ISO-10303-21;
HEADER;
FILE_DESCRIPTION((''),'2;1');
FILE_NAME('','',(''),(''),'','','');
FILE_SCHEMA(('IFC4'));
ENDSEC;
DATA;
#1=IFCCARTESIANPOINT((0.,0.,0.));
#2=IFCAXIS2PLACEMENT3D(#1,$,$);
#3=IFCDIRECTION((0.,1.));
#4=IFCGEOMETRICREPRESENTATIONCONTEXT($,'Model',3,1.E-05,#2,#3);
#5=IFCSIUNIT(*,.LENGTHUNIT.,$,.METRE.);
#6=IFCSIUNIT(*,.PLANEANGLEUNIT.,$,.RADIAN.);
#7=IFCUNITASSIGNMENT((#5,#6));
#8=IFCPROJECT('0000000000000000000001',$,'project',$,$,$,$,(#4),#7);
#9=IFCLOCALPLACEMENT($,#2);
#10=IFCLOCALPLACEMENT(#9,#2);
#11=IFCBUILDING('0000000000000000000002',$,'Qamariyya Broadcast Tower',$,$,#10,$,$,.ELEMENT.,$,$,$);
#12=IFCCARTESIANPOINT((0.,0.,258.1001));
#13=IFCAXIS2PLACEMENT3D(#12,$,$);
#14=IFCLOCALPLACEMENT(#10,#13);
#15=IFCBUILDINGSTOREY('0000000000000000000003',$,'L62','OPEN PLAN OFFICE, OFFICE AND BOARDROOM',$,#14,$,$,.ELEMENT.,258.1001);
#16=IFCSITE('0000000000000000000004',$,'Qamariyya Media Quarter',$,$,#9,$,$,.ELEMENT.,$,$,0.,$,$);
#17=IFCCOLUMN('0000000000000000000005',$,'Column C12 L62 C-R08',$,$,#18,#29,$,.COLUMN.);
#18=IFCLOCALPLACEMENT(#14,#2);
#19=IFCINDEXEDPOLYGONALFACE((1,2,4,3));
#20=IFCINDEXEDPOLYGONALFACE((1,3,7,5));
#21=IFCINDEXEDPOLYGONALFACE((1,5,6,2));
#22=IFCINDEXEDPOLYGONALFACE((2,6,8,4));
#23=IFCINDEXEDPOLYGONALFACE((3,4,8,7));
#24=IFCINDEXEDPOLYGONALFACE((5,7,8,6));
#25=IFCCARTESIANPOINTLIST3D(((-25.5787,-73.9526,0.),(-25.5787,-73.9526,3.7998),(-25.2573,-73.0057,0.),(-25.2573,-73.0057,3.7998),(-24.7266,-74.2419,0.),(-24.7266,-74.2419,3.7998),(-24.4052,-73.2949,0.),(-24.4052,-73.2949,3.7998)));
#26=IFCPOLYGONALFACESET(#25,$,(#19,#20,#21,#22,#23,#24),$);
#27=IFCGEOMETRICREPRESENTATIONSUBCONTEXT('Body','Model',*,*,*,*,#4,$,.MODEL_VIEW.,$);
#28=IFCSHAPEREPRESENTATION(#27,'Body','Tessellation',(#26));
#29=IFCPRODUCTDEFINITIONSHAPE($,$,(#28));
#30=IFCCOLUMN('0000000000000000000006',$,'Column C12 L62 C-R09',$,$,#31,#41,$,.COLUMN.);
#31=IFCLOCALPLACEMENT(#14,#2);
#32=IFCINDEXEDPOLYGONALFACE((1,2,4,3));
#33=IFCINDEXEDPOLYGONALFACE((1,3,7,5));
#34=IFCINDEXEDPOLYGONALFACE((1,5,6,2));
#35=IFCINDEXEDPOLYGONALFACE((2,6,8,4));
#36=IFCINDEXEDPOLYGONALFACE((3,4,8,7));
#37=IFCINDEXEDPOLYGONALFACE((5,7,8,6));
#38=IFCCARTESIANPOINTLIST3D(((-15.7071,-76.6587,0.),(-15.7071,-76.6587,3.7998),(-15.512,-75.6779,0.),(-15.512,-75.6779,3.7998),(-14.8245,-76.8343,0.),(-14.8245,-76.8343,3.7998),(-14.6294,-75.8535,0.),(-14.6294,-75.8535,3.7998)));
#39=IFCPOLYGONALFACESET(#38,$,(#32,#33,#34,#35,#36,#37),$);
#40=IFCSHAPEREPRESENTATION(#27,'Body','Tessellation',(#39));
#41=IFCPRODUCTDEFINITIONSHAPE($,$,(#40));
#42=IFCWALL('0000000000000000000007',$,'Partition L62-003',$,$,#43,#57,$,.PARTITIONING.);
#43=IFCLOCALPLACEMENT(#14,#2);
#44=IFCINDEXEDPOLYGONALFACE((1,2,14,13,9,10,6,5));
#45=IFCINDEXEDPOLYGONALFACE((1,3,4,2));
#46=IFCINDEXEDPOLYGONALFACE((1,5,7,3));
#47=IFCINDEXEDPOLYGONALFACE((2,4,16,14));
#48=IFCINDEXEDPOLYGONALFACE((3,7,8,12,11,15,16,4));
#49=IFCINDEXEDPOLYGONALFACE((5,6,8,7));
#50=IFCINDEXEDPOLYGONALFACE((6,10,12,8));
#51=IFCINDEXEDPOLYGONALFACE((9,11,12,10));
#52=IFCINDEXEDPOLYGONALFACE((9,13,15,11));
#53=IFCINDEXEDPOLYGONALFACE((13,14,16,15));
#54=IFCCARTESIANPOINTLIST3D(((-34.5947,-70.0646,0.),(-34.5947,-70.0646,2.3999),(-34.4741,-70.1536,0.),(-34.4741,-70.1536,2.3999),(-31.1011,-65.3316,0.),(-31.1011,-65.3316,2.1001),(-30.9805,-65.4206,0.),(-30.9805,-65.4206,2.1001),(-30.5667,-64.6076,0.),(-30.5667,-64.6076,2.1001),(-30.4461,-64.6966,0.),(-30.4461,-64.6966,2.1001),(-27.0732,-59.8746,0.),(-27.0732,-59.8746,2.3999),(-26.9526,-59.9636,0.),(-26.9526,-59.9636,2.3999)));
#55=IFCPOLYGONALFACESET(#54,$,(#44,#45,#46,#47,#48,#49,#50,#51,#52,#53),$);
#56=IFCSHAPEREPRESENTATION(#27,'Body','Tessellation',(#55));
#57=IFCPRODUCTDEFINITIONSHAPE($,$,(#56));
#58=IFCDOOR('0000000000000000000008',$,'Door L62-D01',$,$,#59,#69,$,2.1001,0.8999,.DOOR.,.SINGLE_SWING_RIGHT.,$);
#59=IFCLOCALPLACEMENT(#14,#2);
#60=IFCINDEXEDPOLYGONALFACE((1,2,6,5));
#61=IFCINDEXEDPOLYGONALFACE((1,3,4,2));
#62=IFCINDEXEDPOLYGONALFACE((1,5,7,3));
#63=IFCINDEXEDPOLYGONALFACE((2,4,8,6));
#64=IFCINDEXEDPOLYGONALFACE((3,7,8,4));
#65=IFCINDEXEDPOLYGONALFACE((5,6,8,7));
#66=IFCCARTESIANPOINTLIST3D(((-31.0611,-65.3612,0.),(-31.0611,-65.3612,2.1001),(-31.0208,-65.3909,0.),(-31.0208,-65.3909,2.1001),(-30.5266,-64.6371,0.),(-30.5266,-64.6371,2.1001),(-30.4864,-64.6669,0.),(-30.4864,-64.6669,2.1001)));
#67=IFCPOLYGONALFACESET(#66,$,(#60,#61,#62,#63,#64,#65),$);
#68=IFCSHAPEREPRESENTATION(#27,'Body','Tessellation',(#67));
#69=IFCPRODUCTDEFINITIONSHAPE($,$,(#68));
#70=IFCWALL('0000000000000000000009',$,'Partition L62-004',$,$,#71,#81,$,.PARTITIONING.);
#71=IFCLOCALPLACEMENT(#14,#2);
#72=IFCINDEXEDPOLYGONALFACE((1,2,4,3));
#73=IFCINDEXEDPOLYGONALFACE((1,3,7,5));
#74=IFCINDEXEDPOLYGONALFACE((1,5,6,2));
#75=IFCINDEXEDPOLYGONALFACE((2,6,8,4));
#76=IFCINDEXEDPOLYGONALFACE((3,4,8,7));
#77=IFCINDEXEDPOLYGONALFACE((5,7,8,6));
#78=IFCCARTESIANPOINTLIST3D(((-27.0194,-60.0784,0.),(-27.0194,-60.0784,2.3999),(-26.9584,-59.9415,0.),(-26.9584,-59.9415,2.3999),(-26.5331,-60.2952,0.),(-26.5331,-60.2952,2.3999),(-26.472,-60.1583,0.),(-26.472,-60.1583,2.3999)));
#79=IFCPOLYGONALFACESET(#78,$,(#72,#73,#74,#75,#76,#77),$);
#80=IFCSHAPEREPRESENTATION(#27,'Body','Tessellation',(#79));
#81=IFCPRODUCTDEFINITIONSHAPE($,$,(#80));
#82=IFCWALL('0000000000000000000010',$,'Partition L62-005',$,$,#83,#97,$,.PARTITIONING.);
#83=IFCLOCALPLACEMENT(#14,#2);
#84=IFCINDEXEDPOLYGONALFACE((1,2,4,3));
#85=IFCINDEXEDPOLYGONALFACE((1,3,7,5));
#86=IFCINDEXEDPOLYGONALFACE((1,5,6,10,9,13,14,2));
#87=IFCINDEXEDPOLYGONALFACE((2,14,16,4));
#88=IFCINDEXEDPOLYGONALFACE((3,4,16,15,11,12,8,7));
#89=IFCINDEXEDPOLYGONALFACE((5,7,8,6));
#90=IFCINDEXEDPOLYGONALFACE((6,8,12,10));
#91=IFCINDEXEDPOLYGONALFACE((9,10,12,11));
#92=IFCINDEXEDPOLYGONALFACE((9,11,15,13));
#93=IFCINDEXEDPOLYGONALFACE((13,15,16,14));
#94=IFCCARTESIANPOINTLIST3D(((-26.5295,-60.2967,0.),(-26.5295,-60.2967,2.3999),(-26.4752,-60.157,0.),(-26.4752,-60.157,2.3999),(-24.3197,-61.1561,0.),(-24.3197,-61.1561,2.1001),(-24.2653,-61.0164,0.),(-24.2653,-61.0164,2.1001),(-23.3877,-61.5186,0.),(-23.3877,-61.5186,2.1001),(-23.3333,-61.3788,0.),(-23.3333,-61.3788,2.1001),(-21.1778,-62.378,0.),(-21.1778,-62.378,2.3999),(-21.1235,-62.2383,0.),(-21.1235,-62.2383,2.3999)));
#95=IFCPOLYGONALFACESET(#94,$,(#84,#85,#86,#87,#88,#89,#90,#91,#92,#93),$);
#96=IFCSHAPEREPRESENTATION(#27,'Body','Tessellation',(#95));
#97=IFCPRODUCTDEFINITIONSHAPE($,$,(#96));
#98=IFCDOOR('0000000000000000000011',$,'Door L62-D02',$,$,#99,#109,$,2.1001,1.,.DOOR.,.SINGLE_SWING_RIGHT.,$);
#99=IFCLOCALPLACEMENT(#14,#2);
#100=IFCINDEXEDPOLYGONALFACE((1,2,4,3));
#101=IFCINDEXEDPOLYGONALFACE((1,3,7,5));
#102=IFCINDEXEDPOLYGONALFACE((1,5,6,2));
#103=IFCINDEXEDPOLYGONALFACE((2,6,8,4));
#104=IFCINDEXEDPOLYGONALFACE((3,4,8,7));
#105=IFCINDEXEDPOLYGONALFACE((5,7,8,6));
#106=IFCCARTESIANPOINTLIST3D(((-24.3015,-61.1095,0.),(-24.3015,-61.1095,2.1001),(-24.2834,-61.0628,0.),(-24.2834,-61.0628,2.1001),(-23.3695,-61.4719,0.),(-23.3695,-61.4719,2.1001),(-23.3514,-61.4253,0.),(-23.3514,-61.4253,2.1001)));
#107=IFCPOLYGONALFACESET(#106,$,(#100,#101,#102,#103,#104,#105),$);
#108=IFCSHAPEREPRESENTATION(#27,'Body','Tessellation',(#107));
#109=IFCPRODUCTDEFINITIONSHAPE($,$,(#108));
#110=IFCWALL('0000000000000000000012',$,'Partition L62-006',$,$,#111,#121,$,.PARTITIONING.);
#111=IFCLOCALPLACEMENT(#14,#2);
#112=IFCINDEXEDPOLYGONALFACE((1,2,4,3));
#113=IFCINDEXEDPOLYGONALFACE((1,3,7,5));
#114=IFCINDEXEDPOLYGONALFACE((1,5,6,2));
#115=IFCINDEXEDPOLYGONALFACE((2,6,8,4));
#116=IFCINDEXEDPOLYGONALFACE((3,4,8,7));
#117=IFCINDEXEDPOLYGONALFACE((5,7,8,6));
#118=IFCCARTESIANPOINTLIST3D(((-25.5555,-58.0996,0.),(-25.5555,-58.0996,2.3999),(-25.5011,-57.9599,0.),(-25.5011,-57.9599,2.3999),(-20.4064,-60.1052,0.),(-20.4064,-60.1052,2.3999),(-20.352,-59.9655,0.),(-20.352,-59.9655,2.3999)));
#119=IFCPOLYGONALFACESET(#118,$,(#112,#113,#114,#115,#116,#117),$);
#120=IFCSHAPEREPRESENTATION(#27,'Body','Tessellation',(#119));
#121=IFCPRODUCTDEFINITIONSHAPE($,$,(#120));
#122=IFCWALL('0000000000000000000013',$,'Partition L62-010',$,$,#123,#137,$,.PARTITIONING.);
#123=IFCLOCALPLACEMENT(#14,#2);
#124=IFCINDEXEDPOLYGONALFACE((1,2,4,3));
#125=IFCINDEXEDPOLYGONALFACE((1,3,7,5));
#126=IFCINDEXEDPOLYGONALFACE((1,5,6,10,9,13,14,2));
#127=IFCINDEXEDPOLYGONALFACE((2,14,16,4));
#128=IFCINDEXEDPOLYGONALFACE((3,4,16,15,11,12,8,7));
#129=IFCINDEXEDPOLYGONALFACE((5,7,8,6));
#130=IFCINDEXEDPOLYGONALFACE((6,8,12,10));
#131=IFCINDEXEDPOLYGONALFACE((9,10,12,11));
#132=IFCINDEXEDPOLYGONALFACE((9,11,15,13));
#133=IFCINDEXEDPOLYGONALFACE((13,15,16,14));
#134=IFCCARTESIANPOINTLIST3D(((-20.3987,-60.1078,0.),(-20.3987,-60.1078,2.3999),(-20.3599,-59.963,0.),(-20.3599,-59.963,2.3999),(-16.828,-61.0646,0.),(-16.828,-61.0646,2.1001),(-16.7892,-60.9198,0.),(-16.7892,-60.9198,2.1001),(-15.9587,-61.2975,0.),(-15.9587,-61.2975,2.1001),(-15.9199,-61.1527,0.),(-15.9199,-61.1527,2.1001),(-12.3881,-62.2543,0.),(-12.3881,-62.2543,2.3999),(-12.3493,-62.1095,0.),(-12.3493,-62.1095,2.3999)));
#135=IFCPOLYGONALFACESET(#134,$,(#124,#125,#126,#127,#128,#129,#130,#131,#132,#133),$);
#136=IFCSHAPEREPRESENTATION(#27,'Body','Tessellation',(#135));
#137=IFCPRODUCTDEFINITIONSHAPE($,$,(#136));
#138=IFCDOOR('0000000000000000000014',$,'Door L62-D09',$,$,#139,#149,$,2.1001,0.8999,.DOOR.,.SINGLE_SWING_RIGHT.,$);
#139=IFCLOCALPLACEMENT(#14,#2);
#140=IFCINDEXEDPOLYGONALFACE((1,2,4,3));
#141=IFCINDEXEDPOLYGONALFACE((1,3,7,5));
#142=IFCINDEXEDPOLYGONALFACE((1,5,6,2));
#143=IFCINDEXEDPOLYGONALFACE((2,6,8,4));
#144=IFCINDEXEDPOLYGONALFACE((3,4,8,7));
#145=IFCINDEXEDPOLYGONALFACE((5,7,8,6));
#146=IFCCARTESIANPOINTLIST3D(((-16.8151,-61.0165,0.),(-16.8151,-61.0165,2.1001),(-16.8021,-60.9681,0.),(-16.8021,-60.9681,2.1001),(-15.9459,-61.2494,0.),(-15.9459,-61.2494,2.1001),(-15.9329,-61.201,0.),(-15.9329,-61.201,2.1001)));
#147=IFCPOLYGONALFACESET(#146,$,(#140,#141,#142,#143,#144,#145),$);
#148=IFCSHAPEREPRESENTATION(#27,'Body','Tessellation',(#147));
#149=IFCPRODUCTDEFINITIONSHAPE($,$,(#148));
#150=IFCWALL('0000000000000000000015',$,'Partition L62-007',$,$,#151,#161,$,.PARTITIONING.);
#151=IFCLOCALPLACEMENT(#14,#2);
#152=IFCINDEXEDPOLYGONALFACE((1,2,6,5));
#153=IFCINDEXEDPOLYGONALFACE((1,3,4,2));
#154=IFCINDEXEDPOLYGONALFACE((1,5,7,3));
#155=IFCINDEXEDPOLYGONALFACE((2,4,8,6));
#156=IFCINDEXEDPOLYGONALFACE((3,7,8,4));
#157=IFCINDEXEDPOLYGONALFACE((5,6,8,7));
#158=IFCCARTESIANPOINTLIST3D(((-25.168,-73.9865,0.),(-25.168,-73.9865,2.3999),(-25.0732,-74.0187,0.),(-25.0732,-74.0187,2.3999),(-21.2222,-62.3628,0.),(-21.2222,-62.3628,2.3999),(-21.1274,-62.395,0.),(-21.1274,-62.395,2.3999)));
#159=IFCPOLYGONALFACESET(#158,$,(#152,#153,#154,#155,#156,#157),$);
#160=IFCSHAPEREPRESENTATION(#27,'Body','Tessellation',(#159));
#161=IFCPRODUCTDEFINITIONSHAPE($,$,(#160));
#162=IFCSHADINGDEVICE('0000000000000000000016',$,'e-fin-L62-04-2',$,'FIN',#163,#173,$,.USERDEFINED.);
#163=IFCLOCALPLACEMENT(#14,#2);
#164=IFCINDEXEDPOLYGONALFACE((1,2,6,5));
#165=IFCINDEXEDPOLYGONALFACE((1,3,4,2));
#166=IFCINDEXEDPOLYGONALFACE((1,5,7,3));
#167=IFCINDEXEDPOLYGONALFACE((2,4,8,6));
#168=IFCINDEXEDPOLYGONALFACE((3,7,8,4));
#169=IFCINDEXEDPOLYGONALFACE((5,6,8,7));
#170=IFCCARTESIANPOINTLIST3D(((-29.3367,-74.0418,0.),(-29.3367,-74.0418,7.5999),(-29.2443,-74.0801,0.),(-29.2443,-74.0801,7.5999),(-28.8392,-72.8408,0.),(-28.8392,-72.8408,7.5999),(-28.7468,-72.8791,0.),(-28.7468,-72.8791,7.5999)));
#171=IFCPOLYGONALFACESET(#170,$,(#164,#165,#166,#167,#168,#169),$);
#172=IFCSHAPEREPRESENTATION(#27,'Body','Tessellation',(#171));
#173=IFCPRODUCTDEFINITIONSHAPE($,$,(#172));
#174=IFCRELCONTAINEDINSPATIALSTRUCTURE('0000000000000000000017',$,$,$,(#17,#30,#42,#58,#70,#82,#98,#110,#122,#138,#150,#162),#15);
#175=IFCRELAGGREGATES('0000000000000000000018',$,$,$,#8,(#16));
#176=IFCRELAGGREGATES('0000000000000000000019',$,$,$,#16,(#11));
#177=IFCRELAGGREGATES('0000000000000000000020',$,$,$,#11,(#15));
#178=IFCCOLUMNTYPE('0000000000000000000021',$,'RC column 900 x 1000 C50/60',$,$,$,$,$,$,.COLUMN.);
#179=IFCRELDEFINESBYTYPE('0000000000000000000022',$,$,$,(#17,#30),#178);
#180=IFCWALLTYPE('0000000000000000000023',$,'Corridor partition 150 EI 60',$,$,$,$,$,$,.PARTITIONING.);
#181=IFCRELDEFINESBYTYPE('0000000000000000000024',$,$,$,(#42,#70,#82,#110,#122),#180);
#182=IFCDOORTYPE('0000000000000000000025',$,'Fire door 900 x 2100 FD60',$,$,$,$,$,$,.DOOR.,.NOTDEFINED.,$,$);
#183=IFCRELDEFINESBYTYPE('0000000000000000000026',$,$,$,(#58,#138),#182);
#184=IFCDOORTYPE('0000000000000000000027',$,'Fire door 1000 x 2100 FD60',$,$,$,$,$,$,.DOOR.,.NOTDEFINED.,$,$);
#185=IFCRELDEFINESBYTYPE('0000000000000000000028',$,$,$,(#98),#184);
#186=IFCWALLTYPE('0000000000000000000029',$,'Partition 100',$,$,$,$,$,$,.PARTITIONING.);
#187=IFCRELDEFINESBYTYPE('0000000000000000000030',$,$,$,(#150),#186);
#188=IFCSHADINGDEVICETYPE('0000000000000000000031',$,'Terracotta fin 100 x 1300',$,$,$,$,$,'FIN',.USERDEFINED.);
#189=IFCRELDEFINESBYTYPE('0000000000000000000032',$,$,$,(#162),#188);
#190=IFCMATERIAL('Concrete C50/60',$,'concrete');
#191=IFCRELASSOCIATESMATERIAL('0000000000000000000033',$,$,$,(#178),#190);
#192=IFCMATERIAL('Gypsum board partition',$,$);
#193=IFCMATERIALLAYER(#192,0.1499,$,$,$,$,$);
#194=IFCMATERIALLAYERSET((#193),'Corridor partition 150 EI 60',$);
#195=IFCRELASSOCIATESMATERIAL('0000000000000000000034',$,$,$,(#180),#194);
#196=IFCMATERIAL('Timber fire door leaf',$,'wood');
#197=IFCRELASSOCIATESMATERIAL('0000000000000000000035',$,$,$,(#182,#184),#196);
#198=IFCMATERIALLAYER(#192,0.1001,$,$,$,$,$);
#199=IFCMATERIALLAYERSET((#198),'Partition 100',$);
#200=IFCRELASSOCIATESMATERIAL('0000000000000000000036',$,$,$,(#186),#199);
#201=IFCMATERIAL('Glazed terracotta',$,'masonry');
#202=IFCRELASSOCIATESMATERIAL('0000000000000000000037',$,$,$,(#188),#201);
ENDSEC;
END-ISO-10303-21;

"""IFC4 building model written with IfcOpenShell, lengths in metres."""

from ifc_helpers import new_model, si_unit, direction, frame, frame_2d, origin, origin_2d, place, context, subcontext, project, spatial, rectangle, extrude, material, layer, layer_set, material_profile, profile_set, type_object, element, fill, save


model = new_model("IFC4")

# Units and contexts
model_context = context("Model", 3, precision=1e-05, world=origin(), true_north=direction((0.0, 1.0)))
body_context = subcontext(model_context, "Body", "Model", "MODEL_VIEW")
ifc_project = project(units=[si_unit("LENGTHUNIT", "METRE"), si_unit("PLANEANGLEUNIT", "RADIAN")], contexts=[model_context])

# Site, building, storey
site_placement = place(None, origin())
site = spatial("IfcSite", under=ifc_project, at=site_placement, Name="Qamariyya Media Quarter", CompositionType="ELEMENT", RefElevation=0.0)
building_placement = place(site_placement, origin())
building = spatial("IfcBuilding", under=site, at=building_placement, Name="Qamariyya Broadcast Tower", CompositionType="ELEMENT")
storey_placement = place(building_placement, frame((0.0, 0.0, 258.1001)))
storey = spatial("IfcBuildingStorey", under=building, at=storey_placement, Name="L62", Description="OPEN PLAN OFFICE, OFFICE AND BOARDROOM", CompositionType="ELEMENT", Elevation=258.1001)

# Columns
ifc_material_1 = material(Name="Concrete C50/60", Category="concrete")
ifc_material_profile_1 = material_profile(ifc_material_1, rectangle(XDim=0.8999, YDim=1.0, at=origin_2d()))
ifc_profile_set_1 = profile_set([ifc_material_profile_1], Name="Concrete C50/60")
column_type = type_object("IfcColumnType", Name="RC column 900 x 1000 C50/60", PredefinedType="COLUMN", material=ifc_profile_set_1)
for number, where, z_axis, x_axis, name in (
    (1, (-24.9919, -73.6238, 0.0), (0.0, 0.0, 1.0), (0.94693, -0.321439, 0.0), "Column C12 L62 C-R08"),
    (2, (-15.1682, -76.2561, 0.0), (0.0, 0.0, 1.0), (0.980785, -0.19509, 0.0), "Column C12 L62 C-R09"),
):
    element("IfcColumn", number, at=place(storey_placement, frame(where, z_axis=z_axis, x_axis=x_axis)), inside=storey, type_object=column_type, Name=name, PredefinedType="COLUMN", context=body_context, shape_type="SweptSolid", body=[
        extrude(rectangle(XDim=0.8999, YDim=1.0, at=origin_2d()), origin(), (0.0, 0.0, 1.0), 3.7998),
    ])

# Wall, opening, door
ifc_material_2 = material(Name="Gypsum board partition")
ifc_layer_1 = layer(ifc_material_2, 0.1499)
ifc_layer_set_1 = layer_set([ifc_layer_1], Name="Corridor partition 150 EI 60")
wall_type_1 = type_object("IfcWallType", Name="Corridor partition 150 EI 60", PredefinedType="PARTITIONING", material=ifc_layer_set_1)
wall_1_placement = place(storey_placement, frame((-27.0129, -59.9192, 0.0), z_axis=(0.0, 0.0, 1.0), x_axis=(-0.59387, -0.804561, 0.0)))
wall_1 = element("IfcWall", 3, at=wall_1_placement, inside=storey, type_object=wall_type_1, Name="Partition L62-003", PredefinedType="PARTITIONING", context=body_context, shape_type="SweptSolid", body=[
    extrude(rectangle(XDim=12.6653, YDim=0.1499, at=frame_2d((6.3325, 0.0))), origin(), (0.0, 0.0, 1.0), 2.3999),
])
opening_1_placement = place(wall_1_placement, frame((5.8826, 0.0, 0.0)))
opening_1 = element("IfcOpeningElement", 4, at=opening_1_placement, cuts=wall_1, PredefinedType="OPENING", context=body_context, shape_type="SweptSolid", body=[
    extrude(rectangle(XDim=0.8999, YDim=2.1001, at=frame_2d((0.45, 1.05))), frame((0.0, 0.085, 0.0), z_axis=(0.0, -1.0, 0.0), x_axis=(1.0, 0.0, 0.0)), (0.0, 0.0, 1.0), 0.1699),
])
ifc_material_3 = material(Name="Timber fire door leaf", Category="wood")
door_type_1 = type_object("IfcDoorType", Name="Fire door 900 x 2100 FD60", OperationType="NOTDEFINED", PredefinedType="DOOR", material=ifc_material_3)
door_1_placement = place(opening_1_placement, origin())
door_1 = element("IfcDoor", 5, at=door_1_placement, inside=storey, type_object=door_type_1, Name="Door L62-D01", OperationType="SINGLE_SWING_RIGHT", OverallHeight=2.1001, OverallWidth=0.8999, PredefinedType="DOOR", context=body_context, shape_type="SweptSolid", body=[
    extrude(rectangle(XDim=0.8999, YDim=2.1001, at=frame_2d((0.45, 1.05))), frame((0.0, 0.0249, 0.0), z_axis=(0.0, -1.0, 0.0), x_axis=(1.0, 0.0, 0.0)), (0.0, 0.0, 1.0), 0.05),
])
fill(opening_1, door_1)

# Wall
wall_2_placement = place(storey_placement, frame((-26.9888, -60.01, 0.0), z_axis=(0.0, 0.0, 1.0), x_axis=(0.913357, -0.407159, 0.0)))
element("IfcWall", 6, at=wall_2_placement, inside=storey, type_object=wall_type_1, Name="Partition L62-004", PredefinedType="PARTITIONING", context=body_context, shape_type="SweptSolid", body=[
    extrude(rectangle(XDim=0.5325, YDim=0.1499, at=frame_2d((0.2661, 0.0))), origin(), (0.0, 0.0, 1.0), 2.3999),
])

# Wall, opening, door
wall_3_placement = place(storey_placement, frame((-21.1506, -62.3081, 0.0), z_axis=(0.0, 0.0, 1.0), x_axis=(-0.932002, 0.362452, 0.0)))
wall_3 = element("IfcWall", 7, at=wall_3_placement, inside=storey, type_object=wall_type_1, Name="Partition L62-005", PredefinedType="PARTITIONING", context=body_context, shape_type="SweptSolid", body=[
    extrude(rectangle(XDim=5.7422, YDim=0.1499, at=frame_2d((2.8711, 0.0))), origin(), (0.0, 0.0, 1.0), 2.3999),
])
opening_2_placement = place(wall_3_placement, frame((2.3711, 0.0, 0.0)))
opening_2 = element("IfcOpeningElement", 8, at=opening_2_placement, cuts=wall_3, PredefinedType="OPENING", context=body_context, shape_type="SweptSolid", body=[
    extrude(rectangle(XDim=1.0, YDim=2.1001, at=frame_2d((0.5, 1.05))), frame((0.0, 0.085, 0.0), z_axis=(0.0, -1.0, 0.0), x_axis=(1.0, 0.0, 0.0)), (0.0, 0.0, 1.0), 0.1699),
])
door_type_2 = type_object("IfcDoorType", Name="Fire door 1000 x 2100 FD60", OperationType="NOTDEFINED", PredefinedType="DOOR", material=ifc_material_3)
door_2_placement = place(opening_2_placement, origin())
door_2 = element("IfcDoor", 9, at=door_2_placement, inside=storey, type_object=door_type_2, Name="Door L62-D02", OperationType="SINGLE_SWING_RIGHT", OverallHeight=2.1001, OverallWidth=1.0, PredefinedType="DOOR", context=body_context, shape_type="SweptSolid", body=[
    extrude(rectangle(XDim=1.0, YDim=2.1001, at=frame_2d((0.5, 1.05))), frame((0.0, 0.0249, 0.0), z_axis=(0.0, -1.0, 0.0), x_axis=(1.0, 0.0, 0.0)), (0.0, 0.0, 1.0), 0.05),
])
fill(opening_2, door_2)

# Wall
wall_4_placement = place(storey_placement, frame((-25.5283, -58.0298, 0.0), z_axis=(0.0, 0.0, 1.0), x_axis=(0.931811, -0.362943, 0.0)))
element("IfcWall", 10, at=wall_4_placement, inside=storey, type_object=wall_type_1, Name="Partition L62-006", PredefinedType="PARTITIONING", context=body_context, shape_type="SweptSolid", body=[
    extrude(rectangle(XDim=5.5259, YDim=0.1499, at=frame_2d((2.7629, 0.0))), origin(), (0.0, 0.0, 1.0), 2.3999),
])

# Wall, opening, door
wall_5_placement = place(storey_placement, frame((-20.3792, -60.0354, 0.0), z_axis=(0.0, 0.0, 1.0), x_axis=(0.965923, -0.258828, 0.0)))
wall_5 = element("IfcWall", 11, at=wall_5_placement, inside=storey, type_object=wall_type_1, Name="Partition L62-010", PredefinedType="PARTITIONING", context=body_context, shape_type="SweptSolid", body=[
    extrude(rectangle(XDim=8.2932, YDim=0.1499, at=frame_2d((4.1465, 0.0))), origin(), (0.0, 0.0, 1.0), 2.3999),
])
opening_3_placement = place(wall_5_placement, frame((3.6965, 0.0, 0.0)))
opening_3 = element("IfcOpeningElement", 12, at=opening_3_placement, cuts=wall_5, PredefinedType="OPENING", context=body_context, shape_type="SweptSolid", body=[
    extrude(rectangle(XDim=0.8999, YDim=2.1001, at=frame_2d((0.45, 1.05))), frame((0.0, 0.085, 0.0), z_axis=(0.0, -1.0, 0.0), x_axis=(1.0, 0.0, 0.0)), (0.0, 0.0, 1.0), 0.1699),
])
door_3_placement = place(opening_3_placement, origin())
door_3 = element("IfcDoor", 13, at=door_3_placement, inside=storey, type_object=door_type_1, Name="Door L62-D09", OperationType="SINGLE_SWING_RIGHT", OverallHeight=2.1001, OverallWidth=0.8999, PredefinedType="DOOR", context=body_context, shape_type="SweptSolid", body=[
    extrude(rectangle(XDim=0.8999, YDim=2.1001, at=frame_2d((0.45, 1.05))), frame((0.0, 0.0249, 0.0), z_axis=(0.0, -1.0, 0.0), x_axis=(1.0, 0.0, 0.0)), (0.0, 0.0, 1.0), 0.05),
])
fill(opening_3, door_3)

# Wall
ifc_layer_2 = layer(ifc_material_2, 0.1001)
ifc_layer_set_2 = layer_set([ifc_layer_2], Name="Partition 100")
wall_type_2 = type_object("IfcWallType", Name="Partition 100", PredefinedType="PARTITIONING", material=ifc_layer_set_2)
wall_6_placement = place(storey_placement, frame((-25.1206, -74.0027, 0.0), z_axis=(0.0, 0.0, 1.0), x_axis=(0.321444, 0.946929, 0.0)))
element("IfcWall", 14, at=wall_6_placement, inside=storey, type_object=wall_type_2, Name="Partition L62-007", PredefinedType="PARTITIONING", context=body_context, shape_type="SweptSolid", body=[
    extrude(rectangle(XDim=12.2751, YDim=0.1001, at=frame_2d((6.1377, 0.0))), origin(), (0.0, 0.0, 1.0), 2.3999),
])

# Shading device
ifc_material_4 = material(Name="Glazed terracotta", Category="masonry")
ifc_material_profile_2 = material_profile(ifc_material_4, rectangle(XDim=1.3, YDim=0.1001, at=origin_2d()))
ifc_profile_set_2 = profile_set([ifc_material_profile_2], Name="Glazed terracotta")
shading_device_type_1 = type_object("IfcShadingDeviceType", Name="Terracotta fin 100 x 1300", ElementType="FIN", PredefinedType="USERDEFINED", material=ifc_profile_set_2)
for number, where, z_axis, x_axis, name in (
    (15, (-29.0417, -73.4604, 0.0), (0.0, 0.0, 1.0), (-0.382683, -0.92388, 0.0), "e-fin-L62-04-2"),
):
    element("IfcShadingDevice", number, at=place(storey_placement, frame(where, z_axis=z_axis, x_axis=x_axis)), inside=storey, type_object=shading_device_type_1, Name=name, ObjectType="FIN", PredefinedType="USERDEFINED", context=body_context, shape_type="SweptSolid", body=[
        extrude(rectangle(XDim=1.3, YDim=0.1001, at=origin_2d()), origin(), (0.0, 0.0, 1.0), 7.5999),
    ])

save(model, "model.ifc")
